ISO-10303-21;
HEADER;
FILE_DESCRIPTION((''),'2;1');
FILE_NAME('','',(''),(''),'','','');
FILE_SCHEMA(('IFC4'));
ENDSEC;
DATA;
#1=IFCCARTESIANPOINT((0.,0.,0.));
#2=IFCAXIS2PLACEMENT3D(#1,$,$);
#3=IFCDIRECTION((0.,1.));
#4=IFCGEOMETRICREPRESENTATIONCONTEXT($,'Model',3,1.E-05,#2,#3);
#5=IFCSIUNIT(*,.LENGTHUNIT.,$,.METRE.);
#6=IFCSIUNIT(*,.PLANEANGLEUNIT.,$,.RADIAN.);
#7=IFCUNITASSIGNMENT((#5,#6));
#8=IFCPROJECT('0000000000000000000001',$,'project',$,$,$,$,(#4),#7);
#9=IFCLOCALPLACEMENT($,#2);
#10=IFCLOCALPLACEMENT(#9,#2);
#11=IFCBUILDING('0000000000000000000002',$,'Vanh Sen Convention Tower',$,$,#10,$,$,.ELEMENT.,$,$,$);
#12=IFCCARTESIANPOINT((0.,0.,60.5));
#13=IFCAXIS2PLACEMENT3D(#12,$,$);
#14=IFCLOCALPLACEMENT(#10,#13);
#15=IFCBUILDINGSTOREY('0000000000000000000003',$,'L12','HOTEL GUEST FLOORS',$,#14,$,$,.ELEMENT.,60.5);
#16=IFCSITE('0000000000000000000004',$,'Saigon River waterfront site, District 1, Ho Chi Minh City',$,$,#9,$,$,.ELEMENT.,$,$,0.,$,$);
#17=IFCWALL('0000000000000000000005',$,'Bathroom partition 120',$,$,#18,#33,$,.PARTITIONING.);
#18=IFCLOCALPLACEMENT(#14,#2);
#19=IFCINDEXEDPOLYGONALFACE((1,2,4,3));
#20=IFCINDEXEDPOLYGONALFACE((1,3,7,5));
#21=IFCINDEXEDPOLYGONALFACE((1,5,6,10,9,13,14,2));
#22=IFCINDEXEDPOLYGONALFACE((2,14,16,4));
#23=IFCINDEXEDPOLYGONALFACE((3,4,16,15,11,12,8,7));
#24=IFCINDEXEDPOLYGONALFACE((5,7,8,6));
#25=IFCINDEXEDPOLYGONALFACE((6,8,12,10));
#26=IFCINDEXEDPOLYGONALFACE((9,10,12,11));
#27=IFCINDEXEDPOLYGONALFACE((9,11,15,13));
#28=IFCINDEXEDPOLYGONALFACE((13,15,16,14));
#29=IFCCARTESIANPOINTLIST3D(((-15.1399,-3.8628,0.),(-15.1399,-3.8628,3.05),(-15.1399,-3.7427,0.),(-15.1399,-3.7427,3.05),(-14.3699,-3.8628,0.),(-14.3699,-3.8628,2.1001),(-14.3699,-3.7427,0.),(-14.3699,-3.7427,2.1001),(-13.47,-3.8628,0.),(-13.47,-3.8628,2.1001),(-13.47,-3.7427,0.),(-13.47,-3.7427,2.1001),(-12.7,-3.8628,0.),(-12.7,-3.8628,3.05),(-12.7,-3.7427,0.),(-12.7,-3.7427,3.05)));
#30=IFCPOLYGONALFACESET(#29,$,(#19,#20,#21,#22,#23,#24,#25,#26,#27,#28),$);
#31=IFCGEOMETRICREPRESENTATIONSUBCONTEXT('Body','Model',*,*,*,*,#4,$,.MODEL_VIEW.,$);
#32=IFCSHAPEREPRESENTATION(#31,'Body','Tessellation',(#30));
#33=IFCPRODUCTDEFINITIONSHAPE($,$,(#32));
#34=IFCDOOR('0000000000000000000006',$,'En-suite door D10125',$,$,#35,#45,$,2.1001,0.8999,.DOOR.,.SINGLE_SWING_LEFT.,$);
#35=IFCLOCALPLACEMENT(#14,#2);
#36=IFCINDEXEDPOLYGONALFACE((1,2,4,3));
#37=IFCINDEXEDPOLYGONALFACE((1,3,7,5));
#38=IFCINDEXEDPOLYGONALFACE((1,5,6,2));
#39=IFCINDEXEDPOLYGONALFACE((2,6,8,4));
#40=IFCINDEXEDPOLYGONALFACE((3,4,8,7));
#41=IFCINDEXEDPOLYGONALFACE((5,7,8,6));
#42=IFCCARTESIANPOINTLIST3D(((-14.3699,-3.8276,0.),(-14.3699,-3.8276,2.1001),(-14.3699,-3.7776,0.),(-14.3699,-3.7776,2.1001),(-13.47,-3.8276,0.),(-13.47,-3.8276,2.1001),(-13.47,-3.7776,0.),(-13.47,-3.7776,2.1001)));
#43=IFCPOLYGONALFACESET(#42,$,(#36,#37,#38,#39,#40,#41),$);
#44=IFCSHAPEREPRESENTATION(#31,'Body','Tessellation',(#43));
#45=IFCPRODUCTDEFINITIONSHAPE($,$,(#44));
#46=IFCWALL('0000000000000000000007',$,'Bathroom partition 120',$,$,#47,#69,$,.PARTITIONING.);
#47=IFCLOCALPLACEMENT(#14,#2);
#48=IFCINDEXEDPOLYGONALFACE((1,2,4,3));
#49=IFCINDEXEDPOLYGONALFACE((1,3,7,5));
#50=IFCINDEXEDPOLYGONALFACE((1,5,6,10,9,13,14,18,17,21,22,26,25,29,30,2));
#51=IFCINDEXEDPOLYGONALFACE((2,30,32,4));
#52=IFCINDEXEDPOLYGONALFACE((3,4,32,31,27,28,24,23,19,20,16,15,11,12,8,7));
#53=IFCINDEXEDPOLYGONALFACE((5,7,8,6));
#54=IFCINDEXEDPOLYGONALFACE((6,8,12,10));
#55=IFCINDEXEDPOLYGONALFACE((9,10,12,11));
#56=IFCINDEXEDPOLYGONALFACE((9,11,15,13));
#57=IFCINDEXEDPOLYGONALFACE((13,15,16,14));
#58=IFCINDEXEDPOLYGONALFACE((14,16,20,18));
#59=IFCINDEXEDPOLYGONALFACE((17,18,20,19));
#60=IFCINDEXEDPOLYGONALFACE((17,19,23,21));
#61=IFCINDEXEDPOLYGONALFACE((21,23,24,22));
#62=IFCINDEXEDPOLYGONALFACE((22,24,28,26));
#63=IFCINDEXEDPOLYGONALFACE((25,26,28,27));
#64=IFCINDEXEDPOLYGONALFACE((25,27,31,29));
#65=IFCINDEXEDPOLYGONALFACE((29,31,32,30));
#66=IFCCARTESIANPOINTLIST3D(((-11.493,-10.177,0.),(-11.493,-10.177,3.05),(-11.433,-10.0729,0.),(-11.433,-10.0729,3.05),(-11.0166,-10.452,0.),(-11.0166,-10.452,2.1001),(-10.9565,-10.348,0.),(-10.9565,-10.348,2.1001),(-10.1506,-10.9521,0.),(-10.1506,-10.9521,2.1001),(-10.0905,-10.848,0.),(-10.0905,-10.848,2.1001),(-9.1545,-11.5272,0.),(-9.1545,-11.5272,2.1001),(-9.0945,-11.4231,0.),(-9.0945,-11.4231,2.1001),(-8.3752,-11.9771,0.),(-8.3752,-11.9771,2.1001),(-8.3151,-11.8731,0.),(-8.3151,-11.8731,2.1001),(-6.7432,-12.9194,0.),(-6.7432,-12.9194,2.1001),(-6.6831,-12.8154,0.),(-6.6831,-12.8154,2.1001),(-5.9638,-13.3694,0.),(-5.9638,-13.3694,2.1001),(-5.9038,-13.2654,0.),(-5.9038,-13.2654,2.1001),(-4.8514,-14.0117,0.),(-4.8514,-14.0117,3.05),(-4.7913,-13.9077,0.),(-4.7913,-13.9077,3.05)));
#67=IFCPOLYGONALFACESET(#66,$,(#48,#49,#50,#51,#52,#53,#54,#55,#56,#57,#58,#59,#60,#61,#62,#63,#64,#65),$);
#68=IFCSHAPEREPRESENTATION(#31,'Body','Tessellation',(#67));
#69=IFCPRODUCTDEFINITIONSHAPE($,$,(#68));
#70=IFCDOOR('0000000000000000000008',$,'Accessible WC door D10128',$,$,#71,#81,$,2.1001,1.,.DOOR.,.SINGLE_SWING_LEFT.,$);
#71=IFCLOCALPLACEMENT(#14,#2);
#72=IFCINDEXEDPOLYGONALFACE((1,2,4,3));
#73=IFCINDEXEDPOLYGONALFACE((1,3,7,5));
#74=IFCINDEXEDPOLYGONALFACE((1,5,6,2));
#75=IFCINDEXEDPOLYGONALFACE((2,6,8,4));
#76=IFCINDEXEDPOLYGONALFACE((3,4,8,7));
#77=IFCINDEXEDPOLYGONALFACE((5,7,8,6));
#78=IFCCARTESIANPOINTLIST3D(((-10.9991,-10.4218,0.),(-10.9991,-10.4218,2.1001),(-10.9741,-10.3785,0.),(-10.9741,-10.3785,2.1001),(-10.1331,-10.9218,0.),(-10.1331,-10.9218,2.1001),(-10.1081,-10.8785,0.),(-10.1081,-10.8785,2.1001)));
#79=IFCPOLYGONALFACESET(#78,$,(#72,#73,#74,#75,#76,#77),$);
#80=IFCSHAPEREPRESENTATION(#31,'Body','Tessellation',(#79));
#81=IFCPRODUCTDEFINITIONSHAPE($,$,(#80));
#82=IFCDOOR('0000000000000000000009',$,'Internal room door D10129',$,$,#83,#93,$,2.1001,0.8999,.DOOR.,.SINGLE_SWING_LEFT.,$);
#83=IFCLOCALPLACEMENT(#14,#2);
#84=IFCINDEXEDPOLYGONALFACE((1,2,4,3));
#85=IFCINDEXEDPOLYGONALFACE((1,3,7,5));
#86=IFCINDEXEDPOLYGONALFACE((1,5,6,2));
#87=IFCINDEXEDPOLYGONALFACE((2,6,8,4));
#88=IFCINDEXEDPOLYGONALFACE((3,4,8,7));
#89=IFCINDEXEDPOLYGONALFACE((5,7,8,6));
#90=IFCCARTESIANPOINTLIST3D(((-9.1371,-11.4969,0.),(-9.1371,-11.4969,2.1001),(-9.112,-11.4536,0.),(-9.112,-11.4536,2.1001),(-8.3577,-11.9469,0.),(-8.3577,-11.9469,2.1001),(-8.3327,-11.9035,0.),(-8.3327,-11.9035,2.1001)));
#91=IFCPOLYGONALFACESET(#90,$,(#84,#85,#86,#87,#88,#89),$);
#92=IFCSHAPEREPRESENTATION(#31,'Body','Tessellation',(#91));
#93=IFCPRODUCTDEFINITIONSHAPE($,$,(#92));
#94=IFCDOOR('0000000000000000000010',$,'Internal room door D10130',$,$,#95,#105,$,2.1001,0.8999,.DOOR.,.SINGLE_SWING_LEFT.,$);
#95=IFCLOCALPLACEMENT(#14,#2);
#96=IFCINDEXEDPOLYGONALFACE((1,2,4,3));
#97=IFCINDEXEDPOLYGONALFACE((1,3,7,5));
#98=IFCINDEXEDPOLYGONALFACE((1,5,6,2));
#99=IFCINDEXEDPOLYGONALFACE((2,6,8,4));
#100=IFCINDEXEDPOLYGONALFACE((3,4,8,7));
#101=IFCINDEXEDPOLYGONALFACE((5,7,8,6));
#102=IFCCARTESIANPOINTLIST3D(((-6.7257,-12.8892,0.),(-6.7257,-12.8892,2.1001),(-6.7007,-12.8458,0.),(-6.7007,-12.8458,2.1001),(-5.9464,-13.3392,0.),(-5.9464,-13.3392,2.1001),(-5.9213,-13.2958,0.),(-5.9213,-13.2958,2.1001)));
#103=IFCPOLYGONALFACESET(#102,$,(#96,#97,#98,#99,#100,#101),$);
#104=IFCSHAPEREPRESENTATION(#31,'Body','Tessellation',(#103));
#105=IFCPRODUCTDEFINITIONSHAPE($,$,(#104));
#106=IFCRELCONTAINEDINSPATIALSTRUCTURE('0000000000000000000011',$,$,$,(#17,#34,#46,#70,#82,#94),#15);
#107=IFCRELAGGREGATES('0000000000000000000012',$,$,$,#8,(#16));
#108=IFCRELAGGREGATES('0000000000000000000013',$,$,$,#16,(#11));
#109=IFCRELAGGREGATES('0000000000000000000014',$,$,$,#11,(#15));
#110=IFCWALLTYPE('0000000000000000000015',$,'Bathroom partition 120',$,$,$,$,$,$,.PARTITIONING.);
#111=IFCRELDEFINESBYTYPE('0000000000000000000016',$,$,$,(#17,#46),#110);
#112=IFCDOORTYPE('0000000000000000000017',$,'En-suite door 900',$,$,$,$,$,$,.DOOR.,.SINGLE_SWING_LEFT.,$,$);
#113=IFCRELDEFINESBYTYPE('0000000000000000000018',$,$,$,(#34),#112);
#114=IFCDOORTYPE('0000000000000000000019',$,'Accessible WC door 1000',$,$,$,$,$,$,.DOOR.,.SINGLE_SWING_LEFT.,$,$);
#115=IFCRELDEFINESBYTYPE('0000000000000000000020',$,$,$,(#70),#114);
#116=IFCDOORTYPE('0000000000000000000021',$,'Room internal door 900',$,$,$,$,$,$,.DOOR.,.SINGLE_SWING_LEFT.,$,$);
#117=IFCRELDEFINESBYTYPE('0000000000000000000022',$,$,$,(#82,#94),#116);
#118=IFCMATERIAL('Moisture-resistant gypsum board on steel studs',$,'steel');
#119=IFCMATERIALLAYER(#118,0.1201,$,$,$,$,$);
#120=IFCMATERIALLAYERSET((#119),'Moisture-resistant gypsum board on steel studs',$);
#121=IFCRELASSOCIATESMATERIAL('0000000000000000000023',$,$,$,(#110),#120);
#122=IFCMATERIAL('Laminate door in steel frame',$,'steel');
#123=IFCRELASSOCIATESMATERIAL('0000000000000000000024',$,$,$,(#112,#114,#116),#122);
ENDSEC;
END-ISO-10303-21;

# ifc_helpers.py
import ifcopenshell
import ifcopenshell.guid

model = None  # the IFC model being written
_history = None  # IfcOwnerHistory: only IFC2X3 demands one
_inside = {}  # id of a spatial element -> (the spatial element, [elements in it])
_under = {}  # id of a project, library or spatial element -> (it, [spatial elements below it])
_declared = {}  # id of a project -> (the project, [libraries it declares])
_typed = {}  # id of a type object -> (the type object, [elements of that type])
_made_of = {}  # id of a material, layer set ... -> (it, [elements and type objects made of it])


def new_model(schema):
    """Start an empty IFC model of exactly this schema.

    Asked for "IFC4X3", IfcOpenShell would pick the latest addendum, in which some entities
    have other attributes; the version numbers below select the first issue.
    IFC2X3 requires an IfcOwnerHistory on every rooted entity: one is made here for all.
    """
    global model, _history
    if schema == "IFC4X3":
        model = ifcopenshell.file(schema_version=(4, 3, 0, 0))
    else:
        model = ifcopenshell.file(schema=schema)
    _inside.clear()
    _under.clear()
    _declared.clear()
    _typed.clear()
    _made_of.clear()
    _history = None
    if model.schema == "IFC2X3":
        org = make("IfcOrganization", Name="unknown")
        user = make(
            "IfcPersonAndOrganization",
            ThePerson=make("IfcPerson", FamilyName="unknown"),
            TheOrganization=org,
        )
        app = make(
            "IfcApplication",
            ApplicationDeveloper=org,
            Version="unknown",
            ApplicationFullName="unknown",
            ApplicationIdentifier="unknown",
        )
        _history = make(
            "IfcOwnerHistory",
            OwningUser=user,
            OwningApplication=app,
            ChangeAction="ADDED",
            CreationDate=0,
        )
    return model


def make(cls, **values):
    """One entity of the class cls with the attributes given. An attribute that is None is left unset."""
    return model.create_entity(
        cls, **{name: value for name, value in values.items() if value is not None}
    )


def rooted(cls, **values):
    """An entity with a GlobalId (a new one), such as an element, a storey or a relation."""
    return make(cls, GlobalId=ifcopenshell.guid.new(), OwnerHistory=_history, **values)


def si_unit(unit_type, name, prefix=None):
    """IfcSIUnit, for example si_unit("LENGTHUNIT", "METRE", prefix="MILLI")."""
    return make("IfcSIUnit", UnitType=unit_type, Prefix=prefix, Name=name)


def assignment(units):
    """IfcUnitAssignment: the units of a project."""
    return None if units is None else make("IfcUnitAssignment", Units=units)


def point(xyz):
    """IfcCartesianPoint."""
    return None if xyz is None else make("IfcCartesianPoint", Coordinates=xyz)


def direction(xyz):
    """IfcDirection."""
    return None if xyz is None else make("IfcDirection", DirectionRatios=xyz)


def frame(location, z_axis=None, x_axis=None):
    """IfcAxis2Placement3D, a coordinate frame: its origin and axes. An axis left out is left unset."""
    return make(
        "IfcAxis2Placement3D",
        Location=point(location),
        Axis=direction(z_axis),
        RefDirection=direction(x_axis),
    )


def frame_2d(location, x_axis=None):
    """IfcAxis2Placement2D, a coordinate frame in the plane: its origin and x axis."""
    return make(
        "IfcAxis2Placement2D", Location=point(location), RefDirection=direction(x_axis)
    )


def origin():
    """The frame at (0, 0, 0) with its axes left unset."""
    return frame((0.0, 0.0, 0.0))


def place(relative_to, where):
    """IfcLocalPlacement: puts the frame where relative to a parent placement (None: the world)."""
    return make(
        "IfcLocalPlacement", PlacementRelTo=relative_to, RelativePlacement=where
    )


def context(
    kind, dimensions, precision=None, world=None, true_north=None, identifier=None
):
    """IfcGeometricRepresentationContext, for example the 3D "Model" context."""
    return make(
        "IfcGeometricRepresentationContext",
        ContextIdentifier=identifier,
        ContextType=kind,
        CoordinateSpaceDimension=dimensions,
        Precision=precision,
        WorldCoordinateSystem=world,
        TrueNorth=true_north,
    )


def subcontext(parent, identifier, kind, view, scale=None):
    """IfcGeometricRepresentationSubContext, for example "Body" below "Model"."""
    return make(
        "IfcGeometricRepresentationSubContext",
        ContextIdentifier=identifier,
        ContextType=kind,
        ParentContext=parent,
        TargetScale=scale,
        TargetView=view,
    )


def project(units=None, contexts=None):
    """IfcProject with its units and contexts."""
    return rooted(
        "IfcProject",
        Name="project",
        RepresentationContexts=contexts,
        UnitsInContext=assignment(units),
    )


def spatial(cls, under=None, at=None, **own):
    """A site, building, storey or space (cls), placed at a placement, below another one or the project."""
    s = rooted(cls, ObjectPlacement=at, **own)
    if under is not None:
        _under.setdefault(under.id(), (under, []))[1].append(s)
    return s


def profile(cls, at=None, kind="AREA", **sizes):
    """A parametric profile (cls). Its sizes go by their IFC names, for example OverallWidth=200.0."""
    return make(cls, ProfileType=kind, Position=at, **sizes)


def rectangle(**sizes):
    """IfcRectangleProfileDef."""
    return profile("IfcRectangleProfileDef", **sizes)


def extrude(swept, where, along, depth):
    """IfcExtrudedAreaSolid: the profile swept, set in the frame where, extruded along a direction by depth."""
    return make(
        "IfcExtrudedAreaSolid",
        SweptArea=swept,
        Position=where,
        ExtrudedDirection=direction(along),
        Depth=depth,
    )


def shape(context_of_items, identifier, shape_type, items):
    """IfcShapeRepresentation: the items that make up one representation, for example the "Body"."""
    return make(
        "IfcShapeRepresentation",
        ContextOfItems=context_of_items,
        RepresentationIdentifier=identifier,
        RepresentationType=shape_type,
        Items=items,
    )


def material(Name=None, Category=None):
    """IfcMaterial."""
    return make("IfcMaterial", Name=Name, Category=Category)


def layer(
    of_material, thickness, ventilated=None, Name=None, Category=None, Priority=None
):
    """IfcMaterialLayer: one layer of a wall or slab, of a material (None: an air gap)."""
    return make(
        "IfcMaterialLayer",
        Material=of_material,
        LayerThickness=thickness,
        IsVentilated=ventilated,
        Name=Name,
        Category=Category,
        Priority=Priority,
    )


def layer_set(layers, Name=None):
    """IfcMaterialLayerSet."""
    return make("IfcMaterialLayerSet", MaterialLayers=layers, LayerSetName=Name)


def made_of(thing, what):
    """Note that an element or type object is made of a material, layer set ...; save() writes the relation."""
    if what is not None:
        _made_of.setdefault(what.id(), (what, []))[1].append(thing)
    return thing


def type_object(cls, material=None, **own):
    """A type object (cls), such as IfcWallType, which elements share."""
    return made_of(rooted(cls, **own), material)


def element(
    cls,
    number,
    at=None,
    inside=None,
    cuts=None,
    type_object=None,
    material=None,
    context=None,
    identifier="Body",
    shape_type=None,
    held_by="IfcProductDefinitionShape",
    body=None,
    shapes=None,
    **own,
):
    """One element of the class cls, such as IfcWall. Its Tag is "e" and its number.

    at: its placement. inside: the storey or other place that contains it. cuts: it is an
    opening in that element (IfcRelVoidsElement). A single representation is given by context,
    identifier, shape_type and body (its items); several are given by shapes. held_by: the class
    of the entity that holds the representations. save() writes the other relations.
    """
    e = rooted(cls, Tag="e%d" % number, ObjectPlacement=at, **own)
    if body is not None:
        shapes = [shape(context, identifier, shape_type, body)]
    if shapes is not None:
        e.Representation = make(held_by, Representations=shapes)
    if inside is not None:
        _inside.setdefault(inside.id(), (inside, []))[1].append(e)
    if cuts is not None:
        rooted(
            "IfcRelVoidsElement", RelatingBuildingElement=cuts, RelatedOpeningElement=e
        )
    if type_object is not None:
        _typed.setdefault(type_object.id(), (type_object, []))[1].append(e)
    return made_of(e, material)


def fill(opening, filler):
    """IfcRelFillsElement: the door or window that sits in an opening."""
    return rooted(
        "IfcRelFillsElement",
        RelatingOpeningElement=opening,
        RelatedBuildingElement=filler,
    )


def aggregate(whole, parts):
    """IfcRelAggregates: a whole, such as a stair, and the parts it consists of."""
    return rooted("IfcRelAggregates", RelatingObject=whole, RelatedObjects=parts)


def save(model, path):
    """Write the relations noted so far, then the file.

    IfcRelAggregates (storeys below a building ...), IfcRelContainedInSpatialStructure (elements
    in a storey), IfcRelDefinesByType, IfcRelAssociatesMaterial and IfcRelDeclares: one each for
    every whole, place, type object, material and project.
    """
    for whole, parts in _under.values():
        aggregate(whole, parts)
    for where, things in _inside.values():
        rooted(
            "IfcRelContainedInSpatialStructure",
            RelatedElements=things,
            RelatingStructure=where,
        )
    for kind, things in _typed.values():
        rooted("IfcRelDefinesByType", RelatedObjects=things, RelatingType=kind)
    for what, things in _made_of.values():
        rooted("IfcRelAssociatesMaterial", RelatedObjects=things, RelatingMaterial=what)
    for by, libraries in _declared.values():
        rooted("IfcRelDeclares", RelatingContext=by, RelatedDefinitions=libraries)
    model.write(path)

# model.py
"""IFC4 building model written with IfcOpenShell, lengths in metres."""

from ifc_helpers import new_model, si_unit, direction, frame, frame_2d, origin, place, context, subcontext, project, spatial, rectangle, extrude, material, layer, layer_set, type_object, element, fill, save


model = new_model("IFC4")

# Units and contexts
model_context = context("Model", 3, precision=1e-05, world=origin(), true_north=direction((0.0, 1.0)))
body_context = subcontext(model_context, "Body", "Model", "MODEL_VIEW")
ifc_project = project(units=[si_unit("LENGTHUNIT", "METRE"), si_unit("PLANEANGLEUNIT", "RADIAN")], contexts=[model_context])

# Site, building, storey
site_placement = place(None, origin())
site = spatial("IfcSite", under=ifc_project, at=site_placement, Name="Saigon River waterfront site, District 1, Ho Chi Minh City", CompositionType="ELEMENT", RefElevation=0.0)
building_placement = place(site_placement, origin())
building = spatial("IfcBuilding", under=site, at=building_placement, Name="Vanh Sen Convention Tower", CompositionType="ELEMENT")
storey_placement = place(building_placement, frame((0.0, 0.0, 60.5)))
storey = spatial("IfcBuildingStorey", under=building, at=storey_placement, Name="L12", Description="HOTEL GUEST FLOORS", CompositionType="ELEMENT", Elevation=60.5)

# Wall, opening, door
ifc_material_1 = material(Name="Moisture-resistant gypsum board on steel studs", Category="steel")
ifc_layer_1 = layer(ifc_material_1, 0.1201)
ifc_layer_set_1 = layer_set([ifc_layer_1], Name="Moisture-resistant gypsum board on steel studs")
wall_type_1 = type_object("IfcWallType", Name="Bathroom partition 120", PredefinedType="PARTITIONING", material=ifc_layer_set_1)
wall_1_placement = place(storey_placement, frame((-12.7, -3.8027, 0.0), z_axis=(0.0, 0.0, 1.0), x_axis=(-1.0, 0.0, 0.0)))
wall_1 = element("IfcWall", 1, at=wall_1_placement, inside=storey, type_object=wall_type_1, Name="Bathroom partition 120", PredefinedType="PARTITIONING", context=body_context, shape_type="SweptSolid", body=[
    extrude(rectangle(XDim=2.4399, YDim=0.1201, at=frame_2d((1.22, 0.0))), origin(), (0.0, 0.0, 1.0), 3.05),
])
opening_1_placement = place(wall_1_placement, frame((0.77, 0.0, 0.0)))
opening_1 = element("IfcOpeningElement", 2, at=opening_1_placement, cuts=wall_1, PredefinedType="OPENING", context=body_context, shape_type="SweptSolid", body=[
    extrude(rectangle(XDim=0.8999, YDim=2.1001, at=frame_2d((0.45, 1.05))), frame((0.0, 0.0701, 0.0), z_axis=(0.0, -1.0, 0.0), x_axis=(1.0, 0.0, 0.0)), (0.0, 0.0, 1.0), 0.1401),
])
ifc_material_2 = material(Name="Laminate door in steel frame", Category="steel")
door_type_1 = type_object("IfcDoorType", Name="En-suite door 900", OperationType="SINGLE_SWING_LEFT", PredefinedType="DOOR", material=ifc_material_2)
door_1_placement = place(opening_1_placement, origin())
door_1 = element("IfcDoor", 3, at=door_1_placement, inside=storey, type_object=door_type_1, Name="En-suite door D10125", OperationType="SINGLE_SWING_LEFT", OverallHeight=2.1001, OverallWidth=0.8999, PredefinedType="DOOR", context=body_context, shape_type="SweptSolid", body=[
    extrude(rectangle(XDim=0.8999, YDim=2.1001, at=frame_2d((0.45, 1.05))), frame((0.0, 0.0249, 0.0), z_axis=(0.0, -1.0, 0.0), x_axis=(1.0, 0.0, 0.0)), (0.0, 0.0, 1.0), 0.05),
])
fill(opening_1, door_1)

# Wall, openings, doors
wall_2_placement = place(storey_placement, frame((-11.4629, -10.125, 0.0), z_axis=(0.0, 0.0, 1.0), x_axis=(0.866015, -0.500018, 0.0)))
wall_2 = element("IfcWall", 4, at=wall_2_placement, inside=storey, type_object=wall_type_1, Name="Bathroom partition 120", PredefinedType="PARTITIONING", context=body_context, shape_type="SweptSolid", body=[
    extrude(rectangle(XDim=7.6692, YDim=0.1201, at=frame_2d((3.8345, 0.0))), origin(), (0.0, 0.0, 1.0), 3.05),
])
opening_2_placement = place(wall_2_placement, frame((0.55, 0.0, 0.0)))
opening_2 = element("IfcOpeningElement", 5, at=opening_2_placement, cuts=wall_2, PredefinedType="OPENING", context=body_context, shape_type="SweptSolid", body=[
    extrude(rectangle(XDim=1.0, YDim=2.1001, at=frame_2d((0.5, 1.05))), frame((0.0, 0.0701, 0.0), z_axis=(0.0, -1.0, 0.0), x_axis=(1.0, 0.0, 0.0)), (0.0, 0.0, 1.0), 0.1401),
])
opening_3_placement = place(wall_2_placement, frame((2.7002, 0.0, 0.0)))
opening_3 = element("IfcOpeningElement", 6, at=opening_3_placement, cuts=wall_2, PredefinedType="OPENING", context=body_context, shape_type="SweptSolid", body=[
    extrude(rectangle(XDim=0.8999, YDim=2.1001, at=frame_2d((0.45, 1.05))), frame((0.0, 0.0701, 0.0), z_axis=(0.0, -1.0, 0.0), x_axis=(1.0, 0.0, 0.0)), (0.0, 0.0, 1.0), 0.1401),
])
opening_4_placement = place(wall_2_placement, frame((5.4846, 0.0, 0.0)))
opening_4 = element("IfcOpeningElement", 7, at=opening_4_placement, cuts=wall_2, PredefinedType="OPENING", context=body_context, shape_type="SweptSolid", body=[
    extrude(rectangle(XDim=0.8999, YDim=2.1001, at=frame_2d((0.45, 1.05))), frame((0.0, 0.0701, 0.0), z_axis=(0.0, -1.0, 0.0), x_axis=(1.0, 0.0, 0.0)), (0.0, 0.0, 1.0), 0.1401),
])
door_type_2 = type_object("IfcDoorType", Name="Accessible WC door 1000", OperationType="SINGLE_SWING_LEFT", PredefinedType="DOOR", material=ifc_material_2)
door_2_placement = place(opening_2_placement, origin())
door_2 = element("IfcDoor", 8, at=door_2_placement, inside=storey, type_object=door_type_2, Name="Accessible WC door D10128", OperationType="SINGLE_SWING_LEFT", OverallHeight=2.1001, OverallWidth=1.0, PredefinedType="DOOR", context=body_context, shape_type="SweptSolid", body=[
    extrude(rectangle(XDim=1.0, YDim=2.1001, at=frame_2d((0.5, 1.05))), frame((0.0, 0.0249, 0.0), z_axis=(0.0, -1.0, 0.0), x_axis=(1.0, 0.0, 0.0)), (0.0, 0.0, 1.0), 0.05),
])
fill(opening_2, door_2)
door_type_3 = type_object("IfcDoorType", Name="Room internal door 900", OperationType="SINGLE_SWING_LEFT", PredefinedType="DOOR", material=ifc_material_2)
door_3_placement = place(opening_3_placement, origin())
door_3 = element("IfcDoor", 9, at=door_3_placement, inside=storey, type_object=door_type_3, Name="Internal room door D10129", OperationType="SINGLE_SWING_LEFT", OverallHeight=2.1001, OverallWidth=0.8999, PredefinedType="DOOR", context=body_context, shape_type="SweptSolid", body=[
    extrude(rectangle(XDim=0.8999, YDim=2.1001, at=frame_2d((0.45, 1.05))), frame((0.0, 0.0249, 0.0), z_axis=(0.0, -1.0, 0.0), x_axis=(1.0, 0.0, 0.0)), (0.0, 0.0, 1.0), 0.05),
])
fill(opening_3, door_3)
door_4_placement = place(opening_4_placement, origin())
door_4 = element("IfcDoor", 10, at=door_4_placement, inside=storey, type_object=door_type_3, Name="Internal room door D10130", OperationType="SINGLE_SWING_LEFT", OverallHeight=2.1001, OverallWidth=0.8999, PredefinedType="DOOR", context=body_context, shape_type="SweptSolid", body=[
    extrude(rectangle(XDim=0.8999, YDim=2.1001, at=frame_2d((0.45, 1.05))), frame((0.0, 0.0249, 0.0), z_axis=(0.0, -1.0, 0.0), x_axis=(1.0, 0.0, 0.0)), (0.0, 0.0, 1.0), 0.05),
])
fill(opening_4, door_4)

save(model, "model.ifc")
